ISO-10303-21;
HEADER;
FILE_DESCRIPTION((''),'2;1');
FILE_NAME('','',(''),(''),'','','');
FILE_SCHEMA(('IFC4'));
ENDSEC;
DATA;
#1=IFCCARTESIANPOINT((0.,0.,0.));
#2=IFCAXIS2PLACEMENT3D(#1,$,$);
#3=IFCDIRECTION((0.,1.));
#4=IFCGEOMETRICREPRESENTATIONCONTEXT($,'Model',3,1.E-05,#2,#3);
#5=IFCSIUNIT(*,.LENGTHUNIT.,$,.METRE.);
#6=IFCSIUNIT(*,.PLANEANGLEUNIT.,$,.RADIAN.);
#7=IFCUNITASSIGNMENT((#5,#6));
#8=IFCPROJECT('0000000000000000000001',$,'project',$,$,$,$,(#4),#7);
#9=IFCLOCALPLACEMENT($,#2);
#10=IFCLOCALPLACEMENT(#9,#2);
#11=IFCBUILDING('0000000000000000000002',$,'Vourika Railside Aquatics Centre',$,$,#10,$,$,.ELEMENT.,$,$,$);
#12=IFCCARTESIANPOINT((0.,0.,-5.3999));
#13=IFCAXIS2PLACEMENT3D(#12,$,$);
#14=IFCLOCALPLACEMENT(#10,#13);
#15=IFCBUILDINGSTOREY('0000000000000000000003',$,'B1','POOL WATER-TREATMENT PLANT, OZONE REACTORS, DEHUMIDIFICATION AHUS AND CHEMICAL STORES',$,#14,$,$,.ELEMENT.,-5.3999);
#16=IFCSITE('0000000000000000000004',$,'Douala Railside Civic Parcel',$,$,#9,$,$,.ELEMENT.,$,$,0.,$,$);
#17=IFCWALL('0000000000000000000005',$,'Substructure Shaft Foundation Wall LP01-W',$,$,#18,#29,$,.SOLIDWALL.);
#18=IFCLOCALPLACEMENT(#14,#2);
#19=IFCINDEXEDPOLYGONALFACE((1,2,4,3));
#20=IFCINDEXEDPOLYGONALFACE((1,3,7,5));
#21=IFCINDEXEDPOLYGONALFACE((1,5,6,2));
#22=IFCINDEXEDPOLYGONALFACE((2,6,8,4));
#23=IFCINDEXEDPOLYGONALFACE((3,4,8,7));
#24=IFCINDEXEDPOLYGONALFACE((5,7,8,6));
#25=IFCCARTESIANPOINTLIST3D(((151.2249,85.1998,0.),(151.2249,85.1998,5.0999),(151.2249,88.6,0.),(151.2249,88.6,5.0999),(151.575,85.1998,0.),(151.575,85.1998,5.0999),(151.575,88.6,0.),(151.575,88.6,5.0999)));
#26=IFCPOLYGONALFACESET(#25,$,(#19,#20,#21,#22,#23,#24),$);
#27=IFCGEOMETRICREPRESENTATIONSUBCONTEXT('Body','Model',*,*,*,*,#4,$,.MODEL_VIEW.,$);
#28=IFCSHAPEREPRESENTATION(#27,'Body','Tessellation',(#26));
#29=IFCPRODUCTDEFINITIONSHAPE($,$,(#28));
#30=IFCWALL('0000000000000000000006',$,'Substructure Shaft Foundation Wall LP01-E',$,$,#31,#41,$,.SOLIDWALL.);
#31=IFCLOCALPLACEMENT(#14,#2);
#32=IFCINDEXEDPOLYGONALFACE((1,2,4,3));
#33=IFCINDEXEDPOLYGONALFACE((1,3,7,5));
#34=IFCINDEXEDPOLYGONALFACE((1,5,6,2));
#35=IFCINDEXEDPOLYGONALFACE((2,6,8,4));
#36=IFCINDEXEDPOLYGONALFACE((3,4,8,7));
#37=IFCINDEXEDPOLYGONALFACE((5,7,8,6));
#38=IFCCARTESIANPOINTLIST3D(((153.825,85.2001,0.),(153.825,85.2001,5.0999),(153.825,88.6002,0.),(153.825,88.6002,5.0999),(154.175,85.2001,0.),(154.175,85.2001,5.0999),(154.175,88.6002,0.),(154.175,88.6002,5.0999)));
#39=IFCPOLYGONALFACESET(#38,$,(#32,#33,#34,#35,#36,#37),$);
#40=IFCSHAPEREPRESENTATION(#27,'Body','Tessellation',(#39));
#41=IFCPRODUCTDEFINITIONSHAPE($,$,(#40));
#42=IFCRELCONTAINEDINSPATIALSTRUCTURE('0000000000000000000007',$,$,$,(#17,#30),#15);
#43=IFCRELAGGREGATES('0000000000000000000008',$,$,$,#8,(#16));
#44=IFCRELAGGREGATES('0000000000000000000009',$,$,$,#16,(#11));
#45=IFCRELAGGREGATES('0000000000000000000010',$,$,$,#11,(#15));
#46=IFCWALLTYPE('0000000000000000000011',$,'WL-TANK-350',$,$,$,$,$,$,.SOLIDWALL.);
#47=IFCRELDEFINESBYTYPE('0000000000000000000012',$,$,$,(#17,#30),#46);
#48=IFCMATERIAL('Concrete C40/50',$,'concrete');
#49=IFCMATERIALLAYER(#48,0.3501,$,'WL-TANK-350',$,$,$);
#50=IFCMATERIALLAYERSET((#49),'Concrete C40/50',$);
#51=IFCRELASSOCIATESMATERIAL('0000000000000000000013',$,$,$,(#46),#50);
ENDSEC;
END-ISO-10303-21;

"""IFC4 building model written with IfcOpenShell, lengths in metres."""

from ifc_helpers import new_model, si_unit, direction, frame, frame_2d, origin, place, context, subcontext, project, spatial, rectangle, extrude, material, layer, layer_set, type_object, element, save


model = new_model("IFC4")

# Units and contexts
model_context = context("Model", 3, precision=1e-05, world=origin(), true_north=direction((0.0, 1.0)))
body_context = subcontext(model_context, "Body", "Model", "MODEL_VIEW")
ifc_project = project(units=[si_unit("LENGTHUNIT", "METRE"), si_unit("PLANEANGLEUNIT", "RADIAN")], contexts=[model_context])

# Site, building, storey
site_placement = place(None, origin())
site = spatial("IfcSite", under=ifc_project, at=site_placement, Name="Douala Railside Civic Parcel", CompositionType="ELEMENT", RefElevation=0.0)
building_placement = place(site_placement, origin())
building = spatial("IfcBuilding", under=site, at=building_placement, Name="Vourika Railside Aquatics Centre", CompositionType="ELEMENT")
storey_placement = place(building_placement, frame((0.0, 0.0, -5.3999)))
storey = spatial("IfcBuildingStorey", under=building, at=storey_placement, Name="B1", Description="POOL WATER-TREATMENT PLANT, OZONE REACTORS, DEHUMIDIFICATION AHUS AND CHEMICAL STORES", CompositionType="ELEMENT", Elevation=-5.3999)

# Shared definitions
ifc_material = material(Name="Concrete C40/50", Category="concrete")

# Walls
ifc_layer = layer(ifc_material, 0.3501, Name="WL-TANK-350")
ifc_layer_set = layer_set([ifc_layer], Name="Concrete C40/50")
wall_type = type_object("IfcWallType", Name="WL-TANK-350", PredefinedType="SOLIDWALL", material=ifc_layer_set)
for number, where, z_axis, x_axis, name in (
    (1, (151.3999, 88.6001, 0.0), (0.0, 0.0, 1.0), (0.0, -1.0, 0.0), "Substructure Shaft Foundation Wall LP01-W"),
    (2, (154.0, 85.2, 0.0), (0.0, 0.0, 1.0), (0.0, 1.0, 0.0), "Substructure Shaft Foundation Wall LP01-E"),
):
    element("IfcWall", number, at=place(storey_placement, frame(where, z_axis=z_axis, x_axis=x_axis)), inside=storey, type_object=wall_type, Name=name, PredefinedType="SOLIDWALL", context=body_context, shape_type="SweptSolid", body=[
        extrude(rectangle(XDim=3.4001, YDim=0.3501, at=frame_2d((1.7002, 0.0))), origin(), (0.0, 0.0, 1.0), 5.0999),
    ])

save(model, "model.ifc")
